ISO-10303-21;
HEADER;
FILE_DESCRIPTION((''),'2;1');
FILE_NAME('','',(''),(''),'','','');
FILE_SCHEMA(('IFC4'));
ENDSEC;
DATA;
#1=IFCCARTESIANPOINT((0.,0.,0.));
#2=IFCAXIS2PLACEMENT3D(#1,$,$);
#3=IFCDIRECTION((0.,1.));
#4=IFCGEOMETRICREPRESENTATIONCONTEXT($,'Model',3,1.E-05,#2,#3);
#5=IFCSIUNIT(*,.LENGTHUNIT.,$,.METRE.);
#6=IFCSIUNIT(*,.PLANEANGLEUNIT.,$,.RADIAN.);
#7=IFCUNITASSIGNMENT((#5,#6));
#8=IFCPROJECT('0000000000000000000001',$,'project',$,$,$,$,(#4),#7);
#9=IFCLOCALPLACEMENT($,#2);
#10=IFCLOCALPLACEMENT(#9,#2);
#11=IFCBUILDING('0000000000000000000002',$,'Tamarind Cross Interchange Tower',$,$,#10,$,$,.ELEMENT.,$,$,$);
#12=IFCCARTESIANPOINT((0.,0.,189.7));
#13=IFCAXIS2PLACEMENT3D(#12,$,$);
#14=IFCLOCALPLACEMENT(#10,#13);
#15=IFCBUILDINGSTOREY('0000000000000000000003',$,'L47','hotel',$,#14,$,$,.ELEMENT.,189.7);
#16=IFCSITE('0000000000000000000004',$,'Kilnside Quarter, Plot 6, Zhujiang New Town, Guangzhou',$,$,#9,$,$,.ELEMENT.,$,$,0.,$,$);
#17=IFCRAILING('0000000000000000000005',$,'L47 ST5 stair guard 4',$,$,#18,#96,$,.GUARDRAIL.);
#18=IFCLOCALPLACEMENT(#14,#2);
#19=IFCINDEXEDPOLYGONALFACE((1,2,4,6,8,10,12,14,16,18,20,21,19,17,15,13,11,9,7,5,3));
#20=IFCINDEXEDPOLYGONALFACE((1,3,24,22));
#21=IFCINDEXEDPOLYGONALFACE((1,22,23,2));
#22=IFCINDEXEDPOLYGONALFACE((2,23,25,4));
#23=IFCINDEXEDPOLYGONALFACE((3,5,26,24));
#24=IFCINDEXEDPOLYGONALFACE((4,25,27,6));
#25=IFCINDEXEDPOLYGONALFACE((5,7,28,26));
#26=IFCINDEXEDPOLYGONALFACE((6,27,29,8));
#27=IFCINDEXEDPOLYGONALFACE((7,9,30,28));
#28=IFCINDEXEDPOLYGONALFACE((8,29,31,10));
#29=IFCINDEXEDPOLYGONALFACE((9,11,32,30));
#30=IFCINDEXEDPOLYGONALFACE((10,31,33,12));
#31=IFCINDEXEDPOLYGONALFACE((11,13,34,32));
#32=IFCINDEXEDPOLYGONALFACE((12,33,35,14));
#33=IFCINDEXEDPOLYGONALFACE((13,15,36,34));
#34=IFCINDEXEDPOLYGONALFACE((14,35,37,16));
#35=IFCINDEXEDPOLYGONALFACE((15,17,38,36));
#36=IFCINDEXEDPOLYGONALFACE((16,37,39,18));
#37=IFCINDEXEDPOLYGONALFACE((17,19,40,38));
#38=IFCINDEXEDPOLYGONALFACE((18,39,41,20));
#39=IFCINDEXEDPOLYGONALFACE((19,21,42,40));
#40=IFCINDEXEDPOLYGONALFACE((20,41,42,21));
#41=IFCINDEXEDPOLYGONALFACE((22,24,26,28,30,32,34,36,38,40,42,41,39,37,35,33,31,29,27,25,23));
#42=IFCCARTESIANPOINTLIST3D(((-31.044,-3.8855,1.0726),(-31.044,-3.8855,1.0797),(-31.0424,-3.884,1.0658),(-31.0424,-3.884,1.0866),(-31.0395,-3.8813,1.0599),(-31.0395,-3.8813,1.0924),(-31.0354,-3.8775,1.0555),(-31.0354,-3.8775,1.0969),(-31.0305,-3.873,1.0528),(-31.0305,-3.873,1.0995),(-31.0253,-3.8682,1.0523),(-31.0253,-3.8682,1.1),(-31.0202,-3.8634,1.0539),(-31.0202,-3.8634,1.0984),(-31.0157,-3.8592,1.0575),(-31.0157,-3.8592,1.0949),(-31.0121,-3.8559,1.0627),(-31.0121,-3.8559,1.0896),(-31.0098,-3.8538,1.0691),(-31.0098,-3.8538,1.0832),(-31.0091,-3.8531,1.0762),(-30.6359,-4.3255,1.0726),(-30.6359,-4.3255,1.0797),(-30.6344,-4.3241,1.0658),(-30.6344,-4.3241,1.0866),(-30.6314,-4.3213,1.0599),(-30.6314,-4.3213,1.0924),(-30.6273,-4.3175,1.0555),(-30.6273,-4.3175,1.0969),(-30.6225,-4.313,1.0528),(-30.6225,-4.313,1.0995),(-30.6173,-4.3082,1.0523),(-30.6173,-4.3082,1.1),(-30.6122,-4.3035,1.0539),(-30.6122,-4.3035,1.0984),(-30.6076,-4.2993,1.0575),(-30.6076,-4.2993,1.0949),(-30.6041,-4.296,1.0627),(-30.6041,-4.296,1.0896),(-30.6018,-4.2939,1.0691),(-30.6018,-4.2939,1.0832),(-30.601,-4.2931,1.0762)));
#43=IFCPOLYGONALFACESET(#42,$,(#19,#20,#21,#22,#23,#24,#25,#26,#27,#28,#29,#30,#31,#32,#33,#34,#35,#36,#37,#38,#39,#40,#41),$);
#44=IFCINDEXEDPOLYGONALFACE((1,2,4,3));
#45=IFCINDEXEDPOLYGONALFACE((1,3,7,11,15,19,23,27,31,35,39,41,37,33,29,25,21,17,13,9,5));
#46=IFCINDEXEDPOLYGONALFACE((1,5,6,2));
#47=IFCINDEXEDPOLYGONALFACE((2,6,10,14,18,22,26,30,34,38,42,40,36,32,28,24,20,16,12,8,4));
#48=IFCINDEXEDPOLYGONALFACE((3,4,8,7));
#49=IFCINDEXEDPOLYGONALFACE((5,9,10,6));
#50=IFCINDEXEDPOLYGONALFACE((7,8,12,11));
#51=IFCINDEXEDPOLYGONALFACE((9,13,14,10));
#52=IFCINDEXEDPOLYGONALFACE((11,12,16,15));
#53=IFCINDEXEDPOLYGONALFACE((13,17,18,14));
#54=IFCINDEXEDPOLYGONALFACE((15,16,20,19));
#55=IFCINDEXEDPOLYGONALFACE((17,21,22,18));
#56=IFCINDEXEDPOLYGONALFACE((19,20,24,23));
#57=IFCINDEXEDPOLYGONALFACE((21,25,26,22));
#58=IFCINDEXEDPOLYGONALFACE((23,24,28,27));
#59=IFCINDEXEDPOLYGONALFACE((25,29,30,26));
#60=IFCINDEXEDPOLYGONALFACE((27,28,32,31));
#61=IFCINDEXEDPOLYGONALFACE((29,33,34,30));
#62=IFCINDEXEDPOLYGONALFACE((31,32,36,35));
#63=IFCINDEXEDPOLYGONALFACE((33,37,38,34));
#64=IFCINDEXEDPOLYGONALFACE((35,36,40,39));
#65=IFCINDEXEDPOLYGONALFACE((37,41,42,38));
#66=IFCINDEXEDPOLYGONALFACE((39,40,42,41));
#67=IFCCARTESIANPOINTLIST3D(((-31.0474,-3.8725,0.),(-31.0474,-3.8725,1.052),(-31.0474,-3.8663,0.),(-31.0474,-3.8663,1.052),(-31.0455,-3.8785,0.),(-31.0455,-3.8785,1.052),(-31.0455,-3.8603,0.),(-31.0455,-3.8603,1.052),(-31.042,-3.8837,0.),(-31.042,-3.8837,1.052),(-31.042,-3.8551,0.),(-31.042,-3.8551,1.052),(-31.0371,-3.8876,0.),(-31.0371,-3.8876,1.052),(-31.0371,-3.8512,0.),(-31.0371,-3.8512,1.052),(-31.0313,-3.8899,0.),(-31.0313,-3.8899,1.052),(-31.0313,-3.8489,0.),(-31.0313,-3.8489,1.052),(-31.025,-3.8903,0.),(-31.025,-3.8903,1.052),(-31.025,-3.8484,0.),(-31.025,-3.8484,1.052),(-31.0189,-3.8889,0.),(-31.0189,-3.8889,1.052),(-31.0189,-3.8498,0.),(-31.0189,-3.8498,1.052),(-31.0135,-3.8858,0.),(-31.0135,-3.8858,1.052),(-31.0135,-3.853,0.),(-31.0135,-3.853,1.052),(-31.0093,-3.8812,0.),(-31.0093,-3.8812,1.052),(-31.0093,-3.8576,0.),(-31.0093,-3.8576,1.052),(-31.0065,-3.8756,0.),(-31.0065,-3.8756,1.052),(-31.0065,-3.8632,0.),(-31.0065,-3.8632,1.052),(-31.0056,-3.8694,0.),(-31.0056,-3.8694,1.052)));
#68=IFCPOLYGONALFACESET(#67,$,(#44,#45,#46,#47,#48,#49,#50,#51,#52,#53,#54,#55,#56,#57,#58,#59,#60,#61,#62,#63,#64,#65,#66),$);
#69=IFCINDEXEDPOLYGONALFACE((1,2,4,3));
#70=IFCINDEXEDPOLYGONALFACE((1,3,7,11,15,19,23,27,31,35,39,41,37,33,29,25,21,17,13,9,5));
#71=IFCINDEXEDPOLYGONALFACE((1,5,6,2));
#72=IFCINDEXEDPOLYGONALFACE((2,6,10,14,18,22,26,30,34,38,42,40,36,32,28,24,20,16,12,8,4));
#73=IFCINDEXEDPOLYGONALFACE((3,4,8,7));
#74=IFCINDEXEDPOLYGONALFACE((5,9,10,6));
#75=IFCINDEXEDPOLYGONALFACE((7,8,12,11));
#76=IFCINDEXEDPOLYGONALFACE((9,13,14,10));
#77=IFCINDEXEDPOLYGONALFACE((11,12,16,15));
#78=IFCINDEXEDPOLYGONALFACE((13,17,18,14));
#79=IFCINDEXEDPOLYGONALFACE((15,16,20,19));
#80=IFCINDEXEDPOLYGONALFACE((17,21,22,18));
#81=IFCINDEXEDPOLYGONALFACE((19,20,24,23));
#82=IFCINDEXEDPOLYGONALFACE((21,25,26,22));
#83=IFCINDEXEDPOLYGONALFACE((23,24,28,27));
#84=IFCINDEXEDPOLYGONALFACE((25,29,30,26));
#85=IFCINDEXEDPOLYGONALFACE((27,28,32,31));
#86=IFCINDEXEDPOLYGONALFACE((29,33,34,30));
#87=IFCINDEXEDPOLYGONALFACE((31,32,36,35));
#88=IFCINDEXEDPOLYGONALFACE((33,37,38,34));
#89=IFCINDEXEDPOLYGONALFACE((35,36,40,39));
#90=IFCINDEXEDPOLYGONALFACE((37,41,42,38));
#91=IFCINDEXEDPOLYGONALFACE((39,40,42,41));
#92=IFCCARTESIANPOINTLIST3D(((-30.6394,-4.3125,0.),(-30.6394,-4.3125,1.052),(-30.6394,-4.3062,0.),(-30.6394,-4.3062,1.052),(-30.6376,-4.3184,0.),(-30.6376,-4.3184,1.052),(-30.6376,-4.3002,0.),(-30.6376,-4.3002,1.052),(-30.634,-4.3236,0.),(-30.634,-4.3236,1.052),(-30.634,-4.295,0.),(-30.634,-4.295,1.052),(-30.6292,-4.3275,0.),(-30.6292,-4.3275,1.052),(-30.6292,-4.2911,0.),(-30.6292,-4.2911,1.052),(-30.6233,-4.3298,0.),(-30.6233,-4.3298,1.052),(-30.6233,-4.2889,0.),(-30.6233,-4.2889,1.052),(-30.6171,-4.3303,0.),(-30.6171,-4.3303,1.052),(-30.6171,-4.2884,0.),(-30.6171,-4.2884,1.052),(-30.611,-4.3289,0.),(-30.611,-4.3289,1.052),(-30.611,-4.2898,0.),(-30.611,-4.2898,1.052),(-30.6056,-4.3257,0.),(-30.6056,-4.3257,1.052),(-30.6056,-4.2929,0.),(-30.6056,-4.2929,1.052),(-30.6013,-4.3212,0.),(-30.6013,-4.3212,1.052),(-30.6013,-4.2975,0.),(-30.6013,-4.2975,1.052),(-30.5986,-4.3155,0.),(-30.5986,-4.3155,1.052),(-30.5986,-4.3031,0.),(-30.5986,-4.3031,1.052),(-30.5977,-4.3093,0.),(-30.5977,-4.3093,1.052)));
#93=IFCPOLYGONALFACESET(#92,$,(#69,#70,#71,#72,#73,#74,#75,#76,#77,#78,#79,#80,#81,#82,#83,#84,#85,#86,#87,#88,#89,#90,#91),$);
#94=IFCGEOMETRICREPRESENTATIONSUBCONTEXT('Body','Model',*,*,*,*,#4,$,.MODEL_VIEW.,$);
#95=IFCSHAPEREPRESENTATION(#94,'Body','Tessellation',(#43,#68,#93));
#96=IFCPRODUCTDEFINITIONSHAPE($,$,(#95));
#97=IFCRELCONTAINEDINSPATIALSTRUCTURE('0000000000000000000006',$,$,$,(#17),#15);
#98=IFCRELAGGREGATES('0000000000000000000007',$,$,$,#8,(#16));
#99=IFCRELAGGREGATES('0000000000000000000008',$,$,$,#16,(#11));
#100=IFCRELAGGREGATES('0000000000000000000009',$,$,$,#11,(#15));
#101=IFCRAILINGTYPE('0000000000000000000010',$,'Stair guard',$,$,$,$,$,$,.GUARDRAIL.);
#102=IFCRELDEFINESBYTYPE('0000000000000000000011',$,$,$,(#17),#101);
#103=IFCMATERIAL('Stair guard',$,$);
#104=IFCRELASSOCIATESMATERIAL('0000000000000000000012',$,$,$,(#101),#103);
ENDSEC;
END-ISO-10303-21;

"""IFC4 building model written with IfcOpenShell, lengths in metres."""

from ifc_helpers import new_model, si_unit, direction, frame, origin, origin_2d, place, context, subcontext, project, spatial, circle, extrude, material, type_object, element, save


model = new_model("IFC4")

# Units and contexts
model_context = context("Model", 3, precision=1e-05, world=origin(), true_north=direction((0.0, 1.0)))
body_context = subcontext(model_context, "Body", "Model", "MODEL_VIEW")
ifc_project = project(units=[si_unit("LENGTHUNIT", "METRE"), si_unit("PLANEANGLEUNIT", "RADIAN")], contexts=[model_context])

# Site, building, storey
site_placement = place(None, origin())
site = spatial("IfcSite", under=ifc_project, at=site_placement, Name="Kilnside Quarter, Plot 6, Zhujiang New Town, Guangzhou", CompositionType="ELEMENT", RefElevation=0.0)
building_placement = place(site_placement, origin())
building = spatial("IfcBuilding", under=site, at=building_placement, Name="Tamarind Cross Interchange Tower", CompositionType="ELEMENT")
storey_placement = place(building_placement, frame((0.0, 0.0, 189.7)))
storey = spatial("IfcBuildingStorey", under=building, at=storey_placement, Name="L47", Description="hotel", CompositionType="ELEMENT", Elevation=189.7)

# Railing
ifc_material_1 = material(Name="Stair guard")
railing_type = type_object("IfcRailingType", Name="Stair guard", PredefinedType="GUARDRAIL", material=ifc_material_1)
railing_1_placement = place(storey_placement, frame((-31.0266, -3.8694, 0.0)))
element("IfcRailing", 1, at=railing_1_placement, inside=storey, type_object=railing_type, Name="L47 ST5 stair guard 4", PredefinedType="GUARDRAIL", context=body_context, shape_type="SweptSolid", body=[
    extrude(circle(Radius=0.0239, at=origin_2d()), frame((0.0, 0.0, 1.0762), z_axis=(0.679951, -0.733257, 0.0), x_axis=(0.733257, 0.679951, 0.0)), (0.0, 0.0, 1.0), 0.6001),
    extrude(circle(Radius=0.021, at=origin_2d()), origin(), (0.0, 0.0, 1.0), 1.052),
    extrude(circle(Radius=0.021, at=origin_2d()), frame((0.408, -0.4399, 0.0)), (0.0, 0.0, 1.0), 1.052),
])

save(model, "model.ifc")
